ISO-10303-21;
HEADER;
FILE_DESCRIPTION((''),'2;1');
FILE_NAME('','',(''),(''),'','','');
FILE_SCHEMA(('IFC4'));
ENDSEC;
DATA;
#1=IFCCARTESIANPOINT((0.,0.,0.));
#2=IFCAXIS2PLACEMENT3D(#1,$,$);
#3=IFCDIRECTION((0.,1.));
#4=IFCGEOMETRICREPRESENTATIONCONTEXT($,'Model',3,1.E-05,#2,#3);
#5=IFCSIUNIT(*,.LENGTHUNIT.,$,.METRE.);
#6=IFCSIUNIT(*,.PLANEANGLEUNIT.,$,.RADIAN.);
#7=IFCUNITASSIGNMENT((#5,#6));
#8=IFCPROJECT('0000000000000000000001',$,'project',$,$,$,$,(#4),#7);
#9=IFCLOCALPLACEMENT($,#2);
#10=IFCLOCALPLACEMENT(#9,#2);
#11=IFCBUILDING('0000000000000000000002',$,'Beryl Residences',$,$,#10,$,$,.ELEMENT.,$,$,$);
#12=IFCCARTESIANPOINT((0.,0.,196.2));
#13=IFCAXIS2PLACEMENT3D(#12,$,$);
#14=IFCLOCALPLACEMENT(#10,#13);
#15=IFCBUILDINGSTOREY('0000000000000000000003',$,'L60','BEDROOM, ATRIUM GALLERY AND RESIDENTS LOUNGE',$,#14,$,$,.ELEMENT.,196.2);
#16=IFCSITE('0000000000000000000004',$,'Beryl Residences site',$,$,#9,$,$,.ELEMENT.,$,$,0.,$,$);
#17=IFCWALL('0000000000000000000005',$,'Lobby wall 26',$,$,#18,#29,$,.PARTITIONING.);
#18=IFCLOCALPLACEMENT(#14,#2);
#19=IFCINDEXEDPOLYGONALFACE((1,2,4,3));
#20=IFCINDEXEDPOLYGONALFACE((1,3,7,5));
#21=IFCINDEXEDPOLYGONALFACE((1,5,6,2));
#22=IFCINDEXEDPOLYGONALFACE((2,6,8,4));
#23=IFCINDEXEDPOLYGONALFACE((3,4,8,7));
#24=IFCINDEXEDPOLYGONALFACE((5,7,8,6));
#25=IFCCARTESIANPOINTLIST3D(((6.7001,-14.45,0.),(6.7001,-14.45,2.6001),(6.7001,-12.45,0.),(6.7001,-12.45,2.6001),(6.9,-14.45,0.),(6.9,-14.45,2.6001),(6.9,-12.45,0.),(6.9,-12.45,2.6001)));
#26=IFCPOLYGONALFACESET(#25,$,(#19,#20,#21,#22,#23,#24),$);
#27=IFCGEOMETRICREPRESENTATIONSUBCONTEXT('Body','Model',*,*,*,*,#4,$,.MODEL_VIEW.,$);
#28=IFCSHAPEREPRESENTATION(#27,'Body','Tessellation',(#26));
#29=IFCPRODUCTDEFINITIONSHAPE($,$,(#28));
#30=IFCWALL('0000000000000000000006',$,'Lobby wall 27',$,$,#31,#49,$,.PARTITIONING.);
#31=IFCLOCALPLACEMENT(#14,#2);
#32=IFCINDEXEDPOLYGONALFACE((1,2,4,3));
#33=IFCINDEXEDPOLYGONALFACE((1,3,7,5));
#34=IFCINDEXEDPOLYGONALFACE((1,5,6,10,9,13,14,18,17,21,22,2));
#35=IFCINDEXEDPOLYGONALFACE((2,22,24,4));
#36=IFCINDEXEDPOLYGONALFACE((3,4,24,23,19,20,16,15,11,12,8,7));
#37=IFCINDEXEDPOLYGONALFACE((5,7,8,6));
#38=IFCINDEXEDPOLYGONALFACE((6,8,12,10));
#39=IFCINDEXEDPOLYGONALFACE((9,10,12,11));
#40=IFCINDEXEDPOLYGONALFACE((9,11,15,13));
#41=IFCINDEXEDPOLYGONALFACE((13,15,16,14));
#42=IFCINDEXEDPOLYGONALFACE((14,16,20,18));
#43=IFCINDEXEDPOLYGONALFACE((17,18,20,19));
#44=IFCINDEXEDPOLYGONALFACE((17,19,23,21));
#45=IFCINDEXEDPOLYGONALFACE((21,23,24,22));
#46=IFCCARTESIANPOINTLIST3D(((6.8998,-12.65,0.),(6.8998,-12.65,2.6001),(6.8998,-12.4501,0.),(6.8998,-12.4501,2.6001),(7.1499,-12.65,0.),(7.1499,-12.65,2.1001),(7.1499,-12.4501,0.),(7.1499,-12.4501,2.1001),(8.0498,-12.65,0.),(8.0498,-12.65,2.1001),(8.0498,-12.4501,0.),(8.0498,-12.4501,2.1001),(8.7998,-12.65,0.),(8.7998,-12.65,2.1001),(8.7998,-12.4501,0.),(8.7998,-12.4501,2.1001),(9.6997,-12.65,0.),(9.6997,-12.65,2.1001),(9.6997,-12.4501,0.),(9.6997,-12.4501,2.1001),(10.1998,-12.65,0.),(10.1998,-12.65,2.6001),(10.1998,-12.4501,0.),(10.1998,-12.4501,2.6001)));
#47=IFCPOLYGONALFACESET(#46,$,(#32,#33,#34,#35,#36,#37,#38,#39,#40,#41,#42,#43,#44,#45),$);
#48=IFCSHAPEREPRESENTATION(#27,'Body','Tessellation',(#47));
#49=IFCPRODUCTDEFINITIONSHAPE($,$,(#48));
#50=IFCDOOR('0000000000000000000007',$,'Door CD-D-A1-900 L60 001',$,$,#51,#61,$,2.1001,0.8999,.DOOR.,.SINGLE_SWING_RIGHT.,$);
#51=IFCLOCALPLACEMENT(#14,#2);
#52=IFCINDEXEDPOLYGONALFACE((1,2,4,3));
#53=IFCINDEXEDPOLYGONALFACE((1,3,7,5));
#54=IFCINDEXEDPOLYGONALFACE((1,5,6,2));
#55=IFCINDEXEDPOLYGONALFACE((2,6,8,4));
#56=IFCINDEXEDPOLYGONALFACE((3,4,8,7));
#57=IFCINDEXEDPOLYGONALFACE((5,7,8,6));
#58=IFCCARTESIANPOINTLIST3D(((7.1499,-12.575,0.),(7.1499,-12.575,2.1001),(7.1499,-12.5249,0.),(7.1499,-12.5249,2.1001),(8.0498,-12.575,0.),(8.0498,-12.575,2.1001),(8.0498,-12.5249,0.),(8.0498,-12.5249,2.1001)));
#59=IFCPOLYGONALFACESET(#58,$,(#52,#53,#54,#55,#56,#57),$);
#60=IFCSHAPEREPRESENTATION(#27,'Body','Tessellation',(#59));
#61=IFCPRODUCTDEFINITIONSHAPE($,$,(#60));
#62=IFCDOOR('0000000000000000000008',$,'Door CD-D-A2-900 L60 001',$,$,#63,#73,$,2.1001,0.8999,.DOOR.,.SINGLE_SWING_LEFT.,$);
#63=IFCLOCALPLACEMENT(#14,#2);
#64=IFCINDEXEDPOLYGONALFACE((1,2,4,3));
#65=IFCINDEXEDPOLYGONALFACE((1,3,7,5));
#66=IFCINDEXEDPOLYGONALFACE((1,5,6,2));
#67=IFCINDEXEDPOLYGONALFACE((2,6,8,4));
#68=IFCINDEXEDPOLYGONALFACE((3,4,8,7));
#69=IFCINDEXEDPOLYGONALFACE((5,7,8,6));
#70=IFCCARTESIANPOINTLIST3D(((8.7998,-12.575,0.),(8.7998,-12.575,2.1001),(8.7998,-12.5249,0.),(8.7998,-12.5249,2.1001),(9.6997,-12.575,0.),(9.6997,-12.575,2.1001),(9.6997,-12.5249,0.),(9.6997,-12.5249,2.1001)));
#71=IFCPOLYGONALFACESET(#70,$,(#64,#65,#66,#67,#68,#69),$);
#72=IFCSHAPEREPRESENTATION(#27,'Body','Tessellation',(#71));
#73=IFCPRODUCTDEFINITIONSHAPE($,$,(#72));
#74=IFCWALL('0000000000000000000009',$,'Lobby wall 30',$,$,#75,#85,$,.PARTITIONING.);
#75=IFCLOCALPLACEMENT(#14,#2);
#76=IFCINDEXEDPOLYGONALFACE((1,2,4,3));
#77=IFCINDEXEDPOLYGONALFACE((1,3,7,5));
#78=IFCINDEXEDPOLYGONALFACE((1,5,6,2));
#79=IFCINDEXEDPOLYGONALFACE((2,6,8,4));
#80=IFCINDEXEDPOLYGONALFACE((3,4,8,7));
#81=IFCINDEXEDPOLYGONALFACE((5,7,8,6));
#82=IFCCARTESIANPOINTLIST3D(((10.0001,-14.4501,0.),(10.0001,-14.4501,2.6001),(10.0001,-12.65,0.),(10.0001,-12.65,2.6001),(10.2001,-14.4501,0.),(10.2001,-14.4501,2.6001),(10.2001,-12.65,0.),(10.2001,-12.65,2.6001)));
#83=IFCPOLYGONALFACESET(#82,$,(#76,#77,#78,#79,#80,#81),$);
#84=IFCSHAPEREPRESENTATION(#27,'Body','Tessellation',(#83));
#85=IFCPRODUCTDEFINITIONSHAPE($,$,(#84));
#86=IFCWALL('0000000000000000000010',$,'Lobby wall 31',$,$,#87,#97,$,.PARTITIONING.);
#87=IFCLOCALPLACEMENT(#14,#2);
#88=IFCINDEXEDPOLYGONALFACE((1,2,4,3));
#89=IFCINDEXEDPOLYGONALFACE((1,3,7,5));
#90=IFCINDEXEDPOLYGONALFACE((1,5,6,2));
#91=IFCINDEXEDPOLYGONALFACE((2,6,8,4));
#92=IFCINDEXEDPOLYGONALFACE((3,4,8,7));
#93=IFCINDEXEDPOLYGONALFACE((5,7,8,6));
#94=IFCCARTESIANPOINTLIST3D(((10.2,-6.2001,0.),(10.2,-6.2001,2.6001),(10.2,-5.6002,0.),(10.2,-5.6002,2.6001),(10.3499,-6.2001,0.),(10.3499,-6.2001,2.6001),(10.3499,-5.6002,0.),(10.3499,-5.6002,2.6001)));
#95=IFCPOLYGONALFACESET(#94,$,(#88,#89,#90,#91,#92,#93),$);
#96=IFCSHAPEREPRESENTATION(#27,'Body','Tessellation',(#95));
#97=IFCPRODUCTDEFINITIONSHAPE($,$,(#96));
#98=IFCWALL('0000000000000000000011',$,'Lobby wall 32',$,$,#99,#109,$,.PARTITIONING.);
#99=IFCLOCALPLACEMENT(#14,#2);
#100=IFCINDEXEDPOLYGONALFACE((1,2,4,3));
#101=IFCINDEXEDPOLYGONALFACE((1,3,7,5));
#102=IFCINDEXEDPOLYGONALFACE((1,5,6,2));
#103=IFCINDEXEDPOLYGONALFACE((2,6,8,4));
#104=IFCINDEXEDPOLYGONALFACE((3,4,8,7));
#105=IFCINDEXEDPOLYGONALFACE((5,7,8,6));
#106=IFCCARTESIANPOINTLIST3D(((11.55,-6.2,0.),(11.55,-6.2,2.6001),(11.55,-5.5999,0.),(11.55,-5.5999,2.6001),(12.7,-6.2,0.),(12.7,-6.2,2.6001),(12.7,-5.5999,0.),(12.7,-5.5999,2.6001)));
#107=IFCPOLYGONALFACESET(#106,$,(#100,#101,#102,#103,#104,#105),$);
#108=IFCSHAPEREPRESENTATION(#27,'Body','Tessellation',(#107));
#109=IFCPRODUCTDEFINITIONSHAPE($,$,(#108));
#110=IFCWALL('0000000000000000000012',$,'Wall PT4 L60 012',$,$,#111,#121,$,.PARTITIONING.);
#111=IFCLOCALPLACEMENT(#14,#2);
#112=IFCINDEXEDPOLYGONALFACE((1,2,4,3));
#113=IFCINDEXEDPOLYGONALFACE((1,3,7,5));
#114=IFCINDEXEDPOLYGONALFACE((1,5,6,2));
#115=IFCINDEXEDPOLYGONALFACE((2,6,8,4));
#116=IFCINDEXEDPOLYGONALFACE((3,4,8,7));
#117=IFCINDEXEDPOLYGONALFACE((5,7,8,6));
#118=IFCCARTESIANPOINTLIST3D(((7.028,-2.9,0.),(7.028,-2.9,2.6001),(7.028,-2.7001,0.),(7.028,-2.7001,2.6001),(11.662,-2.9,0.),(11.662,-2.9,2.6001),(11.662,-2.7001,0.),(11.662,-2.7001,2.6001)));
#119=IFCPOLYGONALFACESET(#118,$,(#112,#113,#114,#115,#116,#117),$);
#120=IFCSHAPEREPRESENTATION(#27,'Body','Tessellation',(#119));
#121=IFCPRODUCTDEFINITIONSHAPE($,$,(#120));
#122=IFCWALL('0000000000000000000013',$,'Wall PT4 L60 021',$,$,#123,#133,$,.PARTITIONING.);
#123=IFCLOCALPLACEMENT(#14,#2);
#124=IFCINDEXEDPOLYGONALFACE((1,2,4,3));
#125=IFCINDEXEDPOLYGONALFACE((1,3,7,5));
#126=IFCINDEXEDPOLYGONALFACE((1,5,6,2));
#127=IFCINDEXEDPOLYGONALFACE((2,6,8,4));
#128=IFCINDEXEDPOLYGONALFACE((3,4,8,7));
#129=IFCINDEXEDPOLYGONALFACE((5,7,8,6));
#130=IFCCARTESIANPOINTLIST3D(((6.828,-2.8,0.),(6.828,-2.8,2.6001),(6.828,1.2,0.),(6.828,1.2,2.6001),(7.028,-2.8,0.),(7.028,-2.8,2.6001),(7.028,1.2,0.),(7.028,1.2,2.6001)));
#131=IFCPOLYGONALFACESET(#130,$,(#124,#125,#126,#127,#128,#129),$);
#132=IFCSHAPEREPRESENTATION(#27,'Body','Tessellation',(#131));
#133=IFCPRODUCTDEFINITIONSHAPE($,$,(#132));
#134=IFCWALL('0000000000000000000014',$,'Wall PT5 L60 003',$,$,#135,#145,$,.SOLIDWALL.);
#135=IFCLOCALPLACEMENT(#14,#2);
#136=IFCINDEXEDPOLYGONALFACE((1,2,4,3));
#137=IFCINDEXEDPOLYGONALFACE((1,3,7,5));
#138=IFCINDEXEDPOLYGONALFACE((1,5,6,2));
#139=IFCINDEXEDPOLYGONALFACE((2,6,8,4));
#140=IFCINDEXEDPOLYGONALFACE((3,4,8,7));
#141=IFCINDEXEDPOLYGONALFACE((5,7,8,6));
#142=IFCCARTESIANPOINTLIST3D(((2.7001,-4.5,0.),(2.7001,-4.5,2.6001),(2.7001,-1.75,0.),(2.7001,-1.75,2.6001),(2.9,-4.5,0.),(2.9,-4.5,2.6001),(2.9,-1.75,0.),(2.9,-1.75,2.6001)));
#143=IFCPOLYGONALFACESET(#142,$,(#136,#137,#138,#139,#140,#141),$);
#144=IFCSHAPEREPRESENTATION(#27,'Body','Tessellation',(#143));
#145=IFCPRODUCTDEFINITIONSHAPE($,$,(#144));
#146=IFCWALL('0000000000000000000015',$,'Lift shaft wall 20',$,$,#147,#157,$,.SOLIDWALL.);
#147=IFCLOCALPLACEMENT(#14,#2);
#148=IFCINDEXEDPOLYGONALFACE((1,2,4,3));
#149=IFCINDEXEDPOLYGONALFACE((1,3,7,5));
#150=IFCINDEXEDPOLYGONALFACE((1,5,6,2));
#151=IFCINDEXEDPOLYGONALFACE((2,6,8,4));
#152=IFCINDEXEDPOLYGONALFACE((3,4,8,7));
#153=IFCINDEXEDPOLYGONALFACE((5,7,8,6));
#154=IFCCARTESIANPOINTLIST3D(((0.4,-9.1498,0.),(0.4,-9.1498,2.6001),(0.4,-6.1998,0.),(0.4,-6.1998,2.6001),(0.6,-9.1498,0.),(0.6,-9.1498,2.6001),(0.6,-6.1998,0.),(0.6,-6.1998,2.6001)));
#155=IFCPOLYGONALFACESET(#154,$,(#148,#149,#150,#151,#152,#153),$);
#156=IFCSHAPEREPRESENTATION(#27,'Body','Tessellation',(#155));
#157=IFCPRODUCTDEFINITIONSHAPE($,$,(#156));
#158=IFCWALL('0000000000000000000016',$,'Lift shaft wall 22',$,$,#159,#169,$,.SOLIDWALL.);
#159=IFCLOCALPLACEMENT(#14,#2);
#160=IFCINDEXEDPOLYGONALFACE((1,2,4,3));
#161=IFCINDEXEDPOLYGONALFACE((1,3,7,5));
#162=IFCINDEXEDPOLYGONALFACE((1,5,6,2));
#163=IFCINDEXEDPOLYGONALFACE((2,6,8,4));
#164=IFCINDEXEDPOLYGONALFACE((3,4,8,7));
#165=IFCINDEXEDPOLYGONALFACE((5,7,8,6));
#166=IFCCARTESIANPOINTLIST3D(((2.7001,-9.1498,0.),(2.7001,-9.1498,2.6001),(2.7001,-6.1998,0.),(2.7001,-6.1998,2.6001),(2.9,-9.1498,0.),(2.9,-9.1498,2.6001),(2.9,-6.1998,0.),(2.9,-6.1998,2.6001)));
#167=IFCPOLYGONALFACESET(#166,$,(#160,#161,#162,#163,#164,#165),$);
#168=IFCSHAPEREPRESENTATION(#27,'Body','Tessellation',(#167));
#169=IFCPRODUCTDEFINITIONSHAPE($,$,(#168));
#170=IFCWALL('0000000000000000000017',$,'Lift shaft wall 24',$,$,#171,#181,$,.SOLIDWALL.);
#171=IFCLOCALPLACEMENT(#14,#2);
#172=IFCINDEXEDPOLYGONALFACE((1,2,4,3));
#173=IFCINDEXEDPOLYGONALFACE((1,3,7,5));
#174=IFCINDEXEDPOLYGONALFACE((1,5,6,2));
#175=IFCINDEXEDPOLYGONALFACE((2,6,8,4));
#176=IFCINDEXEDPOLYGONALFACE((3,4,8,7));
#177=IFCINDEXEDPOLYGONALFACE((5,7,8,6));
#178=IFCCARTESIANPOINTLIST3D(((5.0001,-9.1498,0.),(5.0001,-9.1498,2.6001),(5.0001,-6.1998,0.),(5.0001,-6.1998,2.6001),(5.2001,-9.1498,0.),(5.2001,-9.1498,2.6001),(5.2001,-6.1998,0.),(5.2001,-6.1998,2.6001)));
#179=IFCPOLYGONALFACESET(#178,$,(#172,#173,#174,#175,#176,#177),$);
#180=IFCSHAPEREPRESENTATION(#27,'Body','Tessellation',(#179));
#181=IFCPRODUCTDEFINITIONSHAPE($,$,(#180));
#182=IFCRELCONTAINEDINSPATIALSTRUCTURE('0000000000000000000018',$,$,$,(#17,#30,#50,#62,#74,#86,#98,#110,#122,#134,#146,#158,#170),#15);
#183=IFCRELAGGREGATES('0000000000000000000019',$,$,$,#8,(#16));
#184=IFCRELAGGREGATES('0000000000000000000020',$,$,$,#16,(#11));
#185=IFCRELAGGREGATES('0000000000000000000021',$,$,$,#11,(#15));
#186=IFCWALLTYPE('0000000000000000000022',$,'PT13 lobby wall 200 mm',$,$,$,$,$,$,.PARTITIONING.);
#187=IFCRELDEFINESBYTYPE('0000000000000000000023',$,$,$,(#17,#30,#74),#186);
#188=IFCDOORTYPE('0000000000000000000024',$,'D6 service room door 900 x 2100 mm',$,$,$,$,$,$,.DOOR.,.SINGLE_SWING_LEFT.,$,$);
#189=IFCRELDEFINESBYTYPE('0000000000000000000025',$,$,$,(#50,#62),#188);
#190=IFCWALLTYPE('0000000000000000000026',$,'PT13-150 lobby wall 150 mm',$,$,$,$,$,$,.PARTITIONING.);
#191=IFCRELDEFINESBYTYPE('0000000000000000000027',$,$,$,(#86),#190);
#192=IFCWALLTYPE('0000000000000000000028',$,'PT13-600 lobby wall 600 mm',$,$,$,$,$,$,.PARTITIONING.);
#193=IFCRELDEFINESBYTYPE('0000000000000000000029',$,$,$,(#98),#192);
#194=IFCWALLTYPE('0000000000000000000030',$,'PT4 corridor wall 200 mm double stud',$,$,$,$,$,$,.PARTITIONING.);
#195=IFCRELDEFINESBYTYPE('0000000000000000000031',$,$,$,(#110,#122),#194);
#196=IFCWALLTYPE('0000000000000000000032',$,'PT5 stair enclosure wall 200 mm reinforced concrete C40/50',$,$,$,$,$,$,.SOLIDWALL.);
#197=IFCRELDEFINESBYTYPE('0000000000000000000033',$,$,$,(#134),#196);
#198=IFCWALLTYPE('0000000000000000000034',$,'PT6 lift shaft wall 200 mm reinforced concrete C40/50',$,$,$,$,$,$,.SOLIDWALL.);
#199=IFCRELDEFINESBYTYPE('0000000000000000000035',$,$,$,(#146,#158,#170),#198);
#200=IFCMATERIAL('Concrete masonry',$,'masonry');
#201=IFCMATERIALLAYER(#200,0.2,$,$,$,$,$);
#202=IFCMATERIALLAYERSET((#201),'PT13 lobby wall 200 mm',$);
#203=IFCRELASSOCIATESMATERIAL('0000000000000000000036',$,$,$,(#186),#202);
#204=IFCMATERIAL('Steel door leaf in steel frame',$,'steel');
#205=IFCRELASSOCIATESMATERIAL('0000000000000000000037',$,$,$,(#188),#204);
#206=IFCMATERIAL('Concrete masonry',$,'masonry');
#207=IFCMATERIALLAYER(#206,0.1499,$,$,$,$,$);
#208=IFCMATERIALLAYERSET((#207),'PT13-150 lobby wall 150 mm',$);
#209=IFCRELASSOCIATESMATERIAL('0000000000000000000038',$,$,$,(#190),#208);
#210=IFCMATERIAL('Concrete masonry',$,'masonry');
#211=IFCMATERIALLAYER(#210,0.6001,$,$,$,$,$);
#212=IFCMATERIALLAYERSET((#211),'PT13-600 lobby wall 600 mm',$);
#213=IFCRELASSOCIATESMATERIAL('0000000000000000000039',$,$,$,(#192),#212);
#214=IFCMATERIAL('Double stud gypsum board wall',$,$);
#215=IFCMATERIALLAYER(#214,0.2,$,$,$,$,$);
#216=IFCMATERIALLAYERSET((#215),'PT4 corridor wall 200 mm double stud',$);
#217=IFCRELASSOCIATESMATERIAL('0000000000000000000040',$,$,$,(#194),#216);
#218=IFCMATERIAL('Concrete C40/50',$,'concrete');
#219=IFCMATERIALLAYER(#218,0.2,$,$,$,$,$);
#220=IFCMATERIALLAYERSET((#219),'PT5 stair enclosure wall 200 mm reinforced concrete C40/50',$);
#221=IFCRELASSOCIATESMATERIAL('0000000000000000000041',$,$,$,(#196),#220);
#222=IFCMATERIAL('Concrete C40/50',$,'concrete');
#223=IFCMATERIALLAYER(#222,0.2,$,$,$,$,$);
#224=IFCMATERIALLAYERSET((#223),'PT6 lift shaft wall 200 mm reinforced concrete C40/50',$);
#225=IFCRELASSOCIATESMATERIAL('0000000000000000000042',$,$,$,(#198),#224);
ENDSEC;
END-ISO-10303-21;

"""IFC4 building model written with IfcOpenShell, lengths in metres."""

from ifc_helpers import new_model, si_unit, direction, frame, frame_2d, origin, place, context, subcontext, project, spatial, rectangle, extrude, material, layer, layer_set, type_object, element, fill, save


model = new_model("IFC4")

# Units and contexts
model_context = context("Model", 3, precision=1e-05, world=origin(), true_north=direction((0.0, 1.0)))
body_context = subcontext(model_context, "Body", "Model", "MODEL_VIEW")
ifc_project = project(units=[si_unit("LENGTHUNIT", "METRE"), si_unit("PLANEANGLEUNIT", "RADIAN")], contexts=[model_context])

# Site, building, storey
site_placement = place(None, origin())
site = spatial("IfcSite", under=ifc_project, at=site_placement, Name="Beryl Residences site", CompositionType="ELEMENT", RefElevation=0.0)
building_placement = place(site_placement, origin())
building = spatial("IfcBuilding", under=site, at=building_placement, Name="Beryl Residences", CompositionType="ELEMENT")
storey_placement = place(building_placement, frame((0.0, 0.0, 196.2)))
storey = spatial("IfcBuildingStorey", under=building, at=storey_placement, Name="L60", Description="BEDROOM, ATRIUM GALLERY AND RESIDENTS LOUNGE", CompositionType="ELEMENT", Elevation=196.2)

# Wall
ifc_material_1 = material(Name="Concrete masonry", Category="masonry")
ifc_layer_1 = layer(ifc_material_1, 0.2)
ifc_layer_set_1 = layer_set([ifc_layer_1], Name="PT13 lobby wall 200 mm")
wall_type_1 = type_object("IfcWallType", Name="PT13 lobby wall 200 mm", PredefinedType="PARTITIONING", material=ifc_layer_set_1)
wall_1_placement = place(storey_placement, frame((6.8, -14.45, 0.0), z_axis=(0.0, 0.0, 1.0), x_axis=(0.0, 1.0, 0.0)))
element("IfcWall", 1, at=wall_1_placement, inside=storey, type_object=wall_type_1, Name="Lobby wall 26", PredefinedType="PARTITIONING", context=body_context, shape_type="SweptSolid", body=[
    extrude(rectangle(XDim=2.0, YDim=0.2, at=frame_2d((1.0, 0.0))), origin(), (0.0, 0.0, 1.0), 2.6001),
])

# Wall, openings, doors
wall_2_placement = place(storey_placement, frame((6.8999, -12.55, 0.0), z_axis=(0.0, 0.0, 1.0), x_axis=(1.0, 0.0, 0.0)))
wall_2 = element("IfcWall", 2, at=wall_2_placement, inside=storey, type_object=wall_type_1, Name="Lobby wall 27", PredefinedType="PARTITIONING", context=body_context, shape_type="SweptSolid", body=[
    extrude(rectangle(XDim=3.3, YDim=0.2, at=frame_2d((1.6499, 0.0))), origin(), (0.0, 0.0, 1.0), 2.6001),
])
opening_1_placement = place(wall_2_placement, frame((1.1499, 0.0, 0.0), z_axis=(0.0, 0.0, 1.0), x_axis=(-1.0, 0.0, 0.0)))
opening_1 = element("IfcOpeningElement", 3, at=opening_1_placement, cuts=wall_2, PredefinedType="OPENING", context=body_context, shape_type="SweptSolid", body=[
    extrude(rectangle(XDim=0.8999, YDim=2.1001, at=frame_2d((0.45, 1.05))), frame((0.0, 0.1099, 0.0), z_axis=(0.0, -1.0, 0.0), x_axis=(1.0, 0.0, 0.0)), (0.0, 0.0, 1.0), 0.22),
])
opening_2_placement = place(wall_2_placement, frame((2.7998, 0.0, 0.0), z_axis=(0.0, 0.0, 1.0), x_axis=(-1.0, 0.0, 0.0)))
opening_2 = element("IfcOpeningElement", 4, at=opening_2_placement, cuts=wall_2, PredefinedType="OPENING", context=body_context, shape_type="SweptSolid", body=[
    extrude(rectangle(XDim=0.8999, YDim=2.1001, at=frame_2d((0.45, 1.05))), frame((0.0, 0.1099, 0.0), z_axis=(0.0, -1.0, 0.0), x_axis=(1.0, 0.0, 0.0)), (0.0, 0.0, 1.0), 0.22),
])
ifc_material_2 = material(Name="Steel door leaf in steel frame", Category="steel")
door_type = type_object("IfcDoorType", Name="D6 service room door 900 x 2100 mm", OperationType="SINGLE_SWING_LEFT", PredefinedType="DOOR", material=ifc_material_2)
door_1_placement = place(opening_1_placement, origin())
door_1 = element("IfcDoor", 5, at=door_1_placement, inside=storey, type_object=door_type, Name="Door CD-D-A1-900 L60 001", OperationType="SINGLE_SWING_RIGHT", OverallHeight=2.1001, OverallWidth=0.8999, PredefinedType="DOOR", context=body_context, shape_type="SweptSolid", body=[
    extrude(rectangle(XDim=0.8999, YDim=2.1001, at=frame_2d((0.45, 1.05))), frame((0.0, 0.0249, 0.0), z_axis=(0.0, -1.0, 0.0), x_axis=(1.0, 0.0, 0.0)), (0.0, 0.0, 1.0), 0.05),
])
fill(opening_1, door_1)
door_2_placement = place(opening_2_placement, origin())
door_2 = element("IfcDoor", 6, at=door_2_placement, inside=storey, type_object=door_type, Name="Door CD-D-A2-900 L60 001", OperationType="SINGLE_SWING_LEFT", OverallHeight=2.1001, OverallWidth=0.8999, PredefinedType="DOOR", context=body_context, shape_type="SweptSolid", body=[
    extrude(rectangle(XDim=0.8999, YDim=2.1001, at=frame_2d((0.45, 1.05))), frame((0.0, 0.0249, 0.0), z_axis=(0.0, -1.0, 0.0), x_axis=(1.0, 0.0, 0.0)), (0.0, 0.0, 1.0), 0.05),
])
fill(opening_2, door_2)

# Walls
wall_3_placement = place(storey_placement, frame((10.1001, -14.45, 0.0), z_axis=(0.0, 0.0, 1.0), x_axis=(0.0, 1.0, 0.0)))
element("IfcWall", 7, at=wall_3_placement, inside=storey, type_object=wall_type_1, Name="Lobby wall 30", PredefinedType="PARTITIONING", context=body_context, shape_type="SweptSolid", body=[
    extrude(rectangle(XDim=1.8, YDim=0.2, at=frame_2d((0.8999, 0.0))), origin(), (0.0, 0.0, 1.0), 2.6001),
])
ifc_material_3 = material(Name="Concrete masonry", Category="masonry")
ifc_layer_2 = layer(ifc_material_3, 0.1499)
ifc_layer_set_2 = layer_set([ifc_layer_2], Name="PT13-150 lobby wall 150 mm")
wall_type_2 = type_object("IfcWallType", Name="PT13-150 lobby wall 150 mm", PredefinedType="PARTITIONING", material=ifc_layer_set_2)
wall_4_placement = place(storey_placement, frame((10.2749, -6.2, 0.0), z_axis=(0.0, 0.0, 1.0), x_axis=(0.0, 1.0, 0.0)))
element("IfcWall", 8, at=wall_4_placement, inside=storey, type_object=wall_type_2, Name="Lobby wall 31", PredefinedType="PARTITIONING", context=body_context, shape_type="SweptSolid", body=[
    extrude(rectangle(XDim=0.5999, YDim=0.1499, at=frame_2d((0.2998, 0.0))), origin(), (0.0, 0.0, 1.0), 2.6001),
])
ifc_material_4 = material(Name="Concrete masonry", Category="masonry")
ifc_layer_3 = layer(ifc_material_4, 0.6001)
ifc_layer_set_3 = layer_set([ifc_layer_3], Name="PT13-600 lobby wall 600 mm")
wall_type_3 = type_object("IfcWallType", Name="PT13-600 lobby wall 600 mm", PredefinedType="PARTITIONING", material=ifc_layer_set_3)
wall_5_placement = place(storey_placement, frame((11.55, -5.8999, 0.0), z_axis=(0.0, 0.0, 1.0), x_axis=(1.0, 0.0, 0.0)))
element("IfcWall", 9, at=wall_5_placement, inside=storey, type_object=wall_type_3, Name="Lobby wall 32", PredefinedType="PARTITIONING", context=body_context, shape_type="SweptSolid", body=[
    extrude(rectangle(XDim=1.1499, YDim=0.6001, at=frame_2d((0.575, 0.0))), origin(), (0.0, 0.0, 1.0), 2.6001),
])
ifc_material_5 = material(Name="Double stud gypsum board wall")
ifc_layer_4 = layer(ifc_material_5, 0.2)
ifc_layer_set_4 = layer_set([ifc_layer_4], Name="PT4 corridor wall 200 mm double stud")
wall_type_4 = type_object("IfcWallType", Name="PT4 corridor wall 200 mm double stud", PredefinedType="PARTITIONING", material=ifc_layer_set_4)
wall_6_placement = place(storey_placement, frame((7.0281, -2.8, 0.0), z_axis=(0.0, 0.0, 1.0), x_axis=(1.0, 0.0, 0.0)))
element("IfcWall", 10, at=wall_6_placement, inside=storey, type_object=wall_type_4, Name="Wall PT4 L60 012", PredefinedType="PARTITIONING", context=body_context, shape_type="SweptSolid", body=[
    extrude(rectangle(XDim=4.634, YDim=0.2, at=frame_2d((2.3169, 0.0))), origin(), (0.0, 0.0, 1.0), 2.6001),
])
wall_7_placement = place(storey_placement, frame((6.928, -2.8, 0.0), z_axis=(0.0, 0.0, 1.0), x_axis=(0.0, 1.0, 0.0)))
element("IfcWall", 11, at=wall_7_placement, inside=storey, type_object=wall_type_4, Name="Wall PT4 L60 021", PredefinedType="PARTITIONING", context=body_context, shape_type="SweptSolid", body=[
    extrude(rectangle(XDim=4.0, YDim=0.2, at=frame_2d((2.0, 0.0))), origin(), (0.0, 0.0, 1.0), 2.6001),
])
ifc_material_6 = material(Name="Concrete C40/50", Category="concrete")
ifc_layer_5 = layer(ifc_material_6, 0.2)
ifc_layer_set_5 = layer_set([ifc_layer_5], Name="PT5 stair enclosure wall 200 mm reinforced concrete C40/50")
wall_type_5 = type_object("IfcWallType", Name="PT5 stair enclosure wall 200 mm reinforced concrete C40/50", PredefinedType="SOLIDWALL", material=ifc_layer_set_5)
wall_8_placement = place(storey_placement, frame((2.8, -4.5, 0.0), z_axis=(0.0, 0.0, 1.0), x_axis=(0.0, 1.0, 0.0)))
element("IfcWall", 12, at=wall_8_placement, inside=storey, type_object=wall_type_5, Name="Wall PT5 L60 003", PredefinedType="SOLIDWALL", context=body_context, shape_type="SweptSolid", body=[
    extrude(rectangle(XDim=2.75, YDim=0.2, at=frame_2d((1.375, 0.0))), origin(), (0.0, 0.0, 1.0), 2.6001),
])
ifc_material_7 = material(Name="Concrete C40/50", Category="concrete")
ifc_layer_6 = layer(ifc_material_7, 0.2)
ifc_layer_set_6 = layer_set([ifc_layer_6], Name="PT6 lift shaft wall 200 mm reinforced concrete C40/50")
wall_type_6 = type_object("IfcWallType", Name="PT6 lift shaft wall 200 mm reinforced concrete C40/50", PredefinedType="SOLIDWALL", material=ifc_layer_set_6)
for number, where, z_axis, x_axis, name in (
    (13, (0.5, -9.1499, 0.0), (0.0, 0.0, 1.0), (0.0, 1.0, 0.0), "Lift shaft wall 20"),
    (14, (2.8, -9.1499, 0.0), (0.0, 0.0, 1.0), (0.0, 1.0, 0.0), "Lift shaft wall 22"),
    (15, (5.1001, -9.1499, 0.0), (0.0, 0.0, 1.0), (0.0, 1.0, 0.0), "Lift shaft wall 24"),
):
    element("IfcWall", number, at=place(storey_placement, frame(where, z_axis=z_axis, x_axis=x_axis)), inside=storey, type_object=wall_type_6, Name=name, PredefinedType="SOLIDWALL", context=body_context, shape_type="SweptSolid", body=[
        extrude(rectangle(XDim=2.95, YDim=0.2, at=frame_2d((1.4751, 0.0))), origin(), (0.0, 0.0, 1.0), 2.6001),
    ])

save(model, "model.ifc")
